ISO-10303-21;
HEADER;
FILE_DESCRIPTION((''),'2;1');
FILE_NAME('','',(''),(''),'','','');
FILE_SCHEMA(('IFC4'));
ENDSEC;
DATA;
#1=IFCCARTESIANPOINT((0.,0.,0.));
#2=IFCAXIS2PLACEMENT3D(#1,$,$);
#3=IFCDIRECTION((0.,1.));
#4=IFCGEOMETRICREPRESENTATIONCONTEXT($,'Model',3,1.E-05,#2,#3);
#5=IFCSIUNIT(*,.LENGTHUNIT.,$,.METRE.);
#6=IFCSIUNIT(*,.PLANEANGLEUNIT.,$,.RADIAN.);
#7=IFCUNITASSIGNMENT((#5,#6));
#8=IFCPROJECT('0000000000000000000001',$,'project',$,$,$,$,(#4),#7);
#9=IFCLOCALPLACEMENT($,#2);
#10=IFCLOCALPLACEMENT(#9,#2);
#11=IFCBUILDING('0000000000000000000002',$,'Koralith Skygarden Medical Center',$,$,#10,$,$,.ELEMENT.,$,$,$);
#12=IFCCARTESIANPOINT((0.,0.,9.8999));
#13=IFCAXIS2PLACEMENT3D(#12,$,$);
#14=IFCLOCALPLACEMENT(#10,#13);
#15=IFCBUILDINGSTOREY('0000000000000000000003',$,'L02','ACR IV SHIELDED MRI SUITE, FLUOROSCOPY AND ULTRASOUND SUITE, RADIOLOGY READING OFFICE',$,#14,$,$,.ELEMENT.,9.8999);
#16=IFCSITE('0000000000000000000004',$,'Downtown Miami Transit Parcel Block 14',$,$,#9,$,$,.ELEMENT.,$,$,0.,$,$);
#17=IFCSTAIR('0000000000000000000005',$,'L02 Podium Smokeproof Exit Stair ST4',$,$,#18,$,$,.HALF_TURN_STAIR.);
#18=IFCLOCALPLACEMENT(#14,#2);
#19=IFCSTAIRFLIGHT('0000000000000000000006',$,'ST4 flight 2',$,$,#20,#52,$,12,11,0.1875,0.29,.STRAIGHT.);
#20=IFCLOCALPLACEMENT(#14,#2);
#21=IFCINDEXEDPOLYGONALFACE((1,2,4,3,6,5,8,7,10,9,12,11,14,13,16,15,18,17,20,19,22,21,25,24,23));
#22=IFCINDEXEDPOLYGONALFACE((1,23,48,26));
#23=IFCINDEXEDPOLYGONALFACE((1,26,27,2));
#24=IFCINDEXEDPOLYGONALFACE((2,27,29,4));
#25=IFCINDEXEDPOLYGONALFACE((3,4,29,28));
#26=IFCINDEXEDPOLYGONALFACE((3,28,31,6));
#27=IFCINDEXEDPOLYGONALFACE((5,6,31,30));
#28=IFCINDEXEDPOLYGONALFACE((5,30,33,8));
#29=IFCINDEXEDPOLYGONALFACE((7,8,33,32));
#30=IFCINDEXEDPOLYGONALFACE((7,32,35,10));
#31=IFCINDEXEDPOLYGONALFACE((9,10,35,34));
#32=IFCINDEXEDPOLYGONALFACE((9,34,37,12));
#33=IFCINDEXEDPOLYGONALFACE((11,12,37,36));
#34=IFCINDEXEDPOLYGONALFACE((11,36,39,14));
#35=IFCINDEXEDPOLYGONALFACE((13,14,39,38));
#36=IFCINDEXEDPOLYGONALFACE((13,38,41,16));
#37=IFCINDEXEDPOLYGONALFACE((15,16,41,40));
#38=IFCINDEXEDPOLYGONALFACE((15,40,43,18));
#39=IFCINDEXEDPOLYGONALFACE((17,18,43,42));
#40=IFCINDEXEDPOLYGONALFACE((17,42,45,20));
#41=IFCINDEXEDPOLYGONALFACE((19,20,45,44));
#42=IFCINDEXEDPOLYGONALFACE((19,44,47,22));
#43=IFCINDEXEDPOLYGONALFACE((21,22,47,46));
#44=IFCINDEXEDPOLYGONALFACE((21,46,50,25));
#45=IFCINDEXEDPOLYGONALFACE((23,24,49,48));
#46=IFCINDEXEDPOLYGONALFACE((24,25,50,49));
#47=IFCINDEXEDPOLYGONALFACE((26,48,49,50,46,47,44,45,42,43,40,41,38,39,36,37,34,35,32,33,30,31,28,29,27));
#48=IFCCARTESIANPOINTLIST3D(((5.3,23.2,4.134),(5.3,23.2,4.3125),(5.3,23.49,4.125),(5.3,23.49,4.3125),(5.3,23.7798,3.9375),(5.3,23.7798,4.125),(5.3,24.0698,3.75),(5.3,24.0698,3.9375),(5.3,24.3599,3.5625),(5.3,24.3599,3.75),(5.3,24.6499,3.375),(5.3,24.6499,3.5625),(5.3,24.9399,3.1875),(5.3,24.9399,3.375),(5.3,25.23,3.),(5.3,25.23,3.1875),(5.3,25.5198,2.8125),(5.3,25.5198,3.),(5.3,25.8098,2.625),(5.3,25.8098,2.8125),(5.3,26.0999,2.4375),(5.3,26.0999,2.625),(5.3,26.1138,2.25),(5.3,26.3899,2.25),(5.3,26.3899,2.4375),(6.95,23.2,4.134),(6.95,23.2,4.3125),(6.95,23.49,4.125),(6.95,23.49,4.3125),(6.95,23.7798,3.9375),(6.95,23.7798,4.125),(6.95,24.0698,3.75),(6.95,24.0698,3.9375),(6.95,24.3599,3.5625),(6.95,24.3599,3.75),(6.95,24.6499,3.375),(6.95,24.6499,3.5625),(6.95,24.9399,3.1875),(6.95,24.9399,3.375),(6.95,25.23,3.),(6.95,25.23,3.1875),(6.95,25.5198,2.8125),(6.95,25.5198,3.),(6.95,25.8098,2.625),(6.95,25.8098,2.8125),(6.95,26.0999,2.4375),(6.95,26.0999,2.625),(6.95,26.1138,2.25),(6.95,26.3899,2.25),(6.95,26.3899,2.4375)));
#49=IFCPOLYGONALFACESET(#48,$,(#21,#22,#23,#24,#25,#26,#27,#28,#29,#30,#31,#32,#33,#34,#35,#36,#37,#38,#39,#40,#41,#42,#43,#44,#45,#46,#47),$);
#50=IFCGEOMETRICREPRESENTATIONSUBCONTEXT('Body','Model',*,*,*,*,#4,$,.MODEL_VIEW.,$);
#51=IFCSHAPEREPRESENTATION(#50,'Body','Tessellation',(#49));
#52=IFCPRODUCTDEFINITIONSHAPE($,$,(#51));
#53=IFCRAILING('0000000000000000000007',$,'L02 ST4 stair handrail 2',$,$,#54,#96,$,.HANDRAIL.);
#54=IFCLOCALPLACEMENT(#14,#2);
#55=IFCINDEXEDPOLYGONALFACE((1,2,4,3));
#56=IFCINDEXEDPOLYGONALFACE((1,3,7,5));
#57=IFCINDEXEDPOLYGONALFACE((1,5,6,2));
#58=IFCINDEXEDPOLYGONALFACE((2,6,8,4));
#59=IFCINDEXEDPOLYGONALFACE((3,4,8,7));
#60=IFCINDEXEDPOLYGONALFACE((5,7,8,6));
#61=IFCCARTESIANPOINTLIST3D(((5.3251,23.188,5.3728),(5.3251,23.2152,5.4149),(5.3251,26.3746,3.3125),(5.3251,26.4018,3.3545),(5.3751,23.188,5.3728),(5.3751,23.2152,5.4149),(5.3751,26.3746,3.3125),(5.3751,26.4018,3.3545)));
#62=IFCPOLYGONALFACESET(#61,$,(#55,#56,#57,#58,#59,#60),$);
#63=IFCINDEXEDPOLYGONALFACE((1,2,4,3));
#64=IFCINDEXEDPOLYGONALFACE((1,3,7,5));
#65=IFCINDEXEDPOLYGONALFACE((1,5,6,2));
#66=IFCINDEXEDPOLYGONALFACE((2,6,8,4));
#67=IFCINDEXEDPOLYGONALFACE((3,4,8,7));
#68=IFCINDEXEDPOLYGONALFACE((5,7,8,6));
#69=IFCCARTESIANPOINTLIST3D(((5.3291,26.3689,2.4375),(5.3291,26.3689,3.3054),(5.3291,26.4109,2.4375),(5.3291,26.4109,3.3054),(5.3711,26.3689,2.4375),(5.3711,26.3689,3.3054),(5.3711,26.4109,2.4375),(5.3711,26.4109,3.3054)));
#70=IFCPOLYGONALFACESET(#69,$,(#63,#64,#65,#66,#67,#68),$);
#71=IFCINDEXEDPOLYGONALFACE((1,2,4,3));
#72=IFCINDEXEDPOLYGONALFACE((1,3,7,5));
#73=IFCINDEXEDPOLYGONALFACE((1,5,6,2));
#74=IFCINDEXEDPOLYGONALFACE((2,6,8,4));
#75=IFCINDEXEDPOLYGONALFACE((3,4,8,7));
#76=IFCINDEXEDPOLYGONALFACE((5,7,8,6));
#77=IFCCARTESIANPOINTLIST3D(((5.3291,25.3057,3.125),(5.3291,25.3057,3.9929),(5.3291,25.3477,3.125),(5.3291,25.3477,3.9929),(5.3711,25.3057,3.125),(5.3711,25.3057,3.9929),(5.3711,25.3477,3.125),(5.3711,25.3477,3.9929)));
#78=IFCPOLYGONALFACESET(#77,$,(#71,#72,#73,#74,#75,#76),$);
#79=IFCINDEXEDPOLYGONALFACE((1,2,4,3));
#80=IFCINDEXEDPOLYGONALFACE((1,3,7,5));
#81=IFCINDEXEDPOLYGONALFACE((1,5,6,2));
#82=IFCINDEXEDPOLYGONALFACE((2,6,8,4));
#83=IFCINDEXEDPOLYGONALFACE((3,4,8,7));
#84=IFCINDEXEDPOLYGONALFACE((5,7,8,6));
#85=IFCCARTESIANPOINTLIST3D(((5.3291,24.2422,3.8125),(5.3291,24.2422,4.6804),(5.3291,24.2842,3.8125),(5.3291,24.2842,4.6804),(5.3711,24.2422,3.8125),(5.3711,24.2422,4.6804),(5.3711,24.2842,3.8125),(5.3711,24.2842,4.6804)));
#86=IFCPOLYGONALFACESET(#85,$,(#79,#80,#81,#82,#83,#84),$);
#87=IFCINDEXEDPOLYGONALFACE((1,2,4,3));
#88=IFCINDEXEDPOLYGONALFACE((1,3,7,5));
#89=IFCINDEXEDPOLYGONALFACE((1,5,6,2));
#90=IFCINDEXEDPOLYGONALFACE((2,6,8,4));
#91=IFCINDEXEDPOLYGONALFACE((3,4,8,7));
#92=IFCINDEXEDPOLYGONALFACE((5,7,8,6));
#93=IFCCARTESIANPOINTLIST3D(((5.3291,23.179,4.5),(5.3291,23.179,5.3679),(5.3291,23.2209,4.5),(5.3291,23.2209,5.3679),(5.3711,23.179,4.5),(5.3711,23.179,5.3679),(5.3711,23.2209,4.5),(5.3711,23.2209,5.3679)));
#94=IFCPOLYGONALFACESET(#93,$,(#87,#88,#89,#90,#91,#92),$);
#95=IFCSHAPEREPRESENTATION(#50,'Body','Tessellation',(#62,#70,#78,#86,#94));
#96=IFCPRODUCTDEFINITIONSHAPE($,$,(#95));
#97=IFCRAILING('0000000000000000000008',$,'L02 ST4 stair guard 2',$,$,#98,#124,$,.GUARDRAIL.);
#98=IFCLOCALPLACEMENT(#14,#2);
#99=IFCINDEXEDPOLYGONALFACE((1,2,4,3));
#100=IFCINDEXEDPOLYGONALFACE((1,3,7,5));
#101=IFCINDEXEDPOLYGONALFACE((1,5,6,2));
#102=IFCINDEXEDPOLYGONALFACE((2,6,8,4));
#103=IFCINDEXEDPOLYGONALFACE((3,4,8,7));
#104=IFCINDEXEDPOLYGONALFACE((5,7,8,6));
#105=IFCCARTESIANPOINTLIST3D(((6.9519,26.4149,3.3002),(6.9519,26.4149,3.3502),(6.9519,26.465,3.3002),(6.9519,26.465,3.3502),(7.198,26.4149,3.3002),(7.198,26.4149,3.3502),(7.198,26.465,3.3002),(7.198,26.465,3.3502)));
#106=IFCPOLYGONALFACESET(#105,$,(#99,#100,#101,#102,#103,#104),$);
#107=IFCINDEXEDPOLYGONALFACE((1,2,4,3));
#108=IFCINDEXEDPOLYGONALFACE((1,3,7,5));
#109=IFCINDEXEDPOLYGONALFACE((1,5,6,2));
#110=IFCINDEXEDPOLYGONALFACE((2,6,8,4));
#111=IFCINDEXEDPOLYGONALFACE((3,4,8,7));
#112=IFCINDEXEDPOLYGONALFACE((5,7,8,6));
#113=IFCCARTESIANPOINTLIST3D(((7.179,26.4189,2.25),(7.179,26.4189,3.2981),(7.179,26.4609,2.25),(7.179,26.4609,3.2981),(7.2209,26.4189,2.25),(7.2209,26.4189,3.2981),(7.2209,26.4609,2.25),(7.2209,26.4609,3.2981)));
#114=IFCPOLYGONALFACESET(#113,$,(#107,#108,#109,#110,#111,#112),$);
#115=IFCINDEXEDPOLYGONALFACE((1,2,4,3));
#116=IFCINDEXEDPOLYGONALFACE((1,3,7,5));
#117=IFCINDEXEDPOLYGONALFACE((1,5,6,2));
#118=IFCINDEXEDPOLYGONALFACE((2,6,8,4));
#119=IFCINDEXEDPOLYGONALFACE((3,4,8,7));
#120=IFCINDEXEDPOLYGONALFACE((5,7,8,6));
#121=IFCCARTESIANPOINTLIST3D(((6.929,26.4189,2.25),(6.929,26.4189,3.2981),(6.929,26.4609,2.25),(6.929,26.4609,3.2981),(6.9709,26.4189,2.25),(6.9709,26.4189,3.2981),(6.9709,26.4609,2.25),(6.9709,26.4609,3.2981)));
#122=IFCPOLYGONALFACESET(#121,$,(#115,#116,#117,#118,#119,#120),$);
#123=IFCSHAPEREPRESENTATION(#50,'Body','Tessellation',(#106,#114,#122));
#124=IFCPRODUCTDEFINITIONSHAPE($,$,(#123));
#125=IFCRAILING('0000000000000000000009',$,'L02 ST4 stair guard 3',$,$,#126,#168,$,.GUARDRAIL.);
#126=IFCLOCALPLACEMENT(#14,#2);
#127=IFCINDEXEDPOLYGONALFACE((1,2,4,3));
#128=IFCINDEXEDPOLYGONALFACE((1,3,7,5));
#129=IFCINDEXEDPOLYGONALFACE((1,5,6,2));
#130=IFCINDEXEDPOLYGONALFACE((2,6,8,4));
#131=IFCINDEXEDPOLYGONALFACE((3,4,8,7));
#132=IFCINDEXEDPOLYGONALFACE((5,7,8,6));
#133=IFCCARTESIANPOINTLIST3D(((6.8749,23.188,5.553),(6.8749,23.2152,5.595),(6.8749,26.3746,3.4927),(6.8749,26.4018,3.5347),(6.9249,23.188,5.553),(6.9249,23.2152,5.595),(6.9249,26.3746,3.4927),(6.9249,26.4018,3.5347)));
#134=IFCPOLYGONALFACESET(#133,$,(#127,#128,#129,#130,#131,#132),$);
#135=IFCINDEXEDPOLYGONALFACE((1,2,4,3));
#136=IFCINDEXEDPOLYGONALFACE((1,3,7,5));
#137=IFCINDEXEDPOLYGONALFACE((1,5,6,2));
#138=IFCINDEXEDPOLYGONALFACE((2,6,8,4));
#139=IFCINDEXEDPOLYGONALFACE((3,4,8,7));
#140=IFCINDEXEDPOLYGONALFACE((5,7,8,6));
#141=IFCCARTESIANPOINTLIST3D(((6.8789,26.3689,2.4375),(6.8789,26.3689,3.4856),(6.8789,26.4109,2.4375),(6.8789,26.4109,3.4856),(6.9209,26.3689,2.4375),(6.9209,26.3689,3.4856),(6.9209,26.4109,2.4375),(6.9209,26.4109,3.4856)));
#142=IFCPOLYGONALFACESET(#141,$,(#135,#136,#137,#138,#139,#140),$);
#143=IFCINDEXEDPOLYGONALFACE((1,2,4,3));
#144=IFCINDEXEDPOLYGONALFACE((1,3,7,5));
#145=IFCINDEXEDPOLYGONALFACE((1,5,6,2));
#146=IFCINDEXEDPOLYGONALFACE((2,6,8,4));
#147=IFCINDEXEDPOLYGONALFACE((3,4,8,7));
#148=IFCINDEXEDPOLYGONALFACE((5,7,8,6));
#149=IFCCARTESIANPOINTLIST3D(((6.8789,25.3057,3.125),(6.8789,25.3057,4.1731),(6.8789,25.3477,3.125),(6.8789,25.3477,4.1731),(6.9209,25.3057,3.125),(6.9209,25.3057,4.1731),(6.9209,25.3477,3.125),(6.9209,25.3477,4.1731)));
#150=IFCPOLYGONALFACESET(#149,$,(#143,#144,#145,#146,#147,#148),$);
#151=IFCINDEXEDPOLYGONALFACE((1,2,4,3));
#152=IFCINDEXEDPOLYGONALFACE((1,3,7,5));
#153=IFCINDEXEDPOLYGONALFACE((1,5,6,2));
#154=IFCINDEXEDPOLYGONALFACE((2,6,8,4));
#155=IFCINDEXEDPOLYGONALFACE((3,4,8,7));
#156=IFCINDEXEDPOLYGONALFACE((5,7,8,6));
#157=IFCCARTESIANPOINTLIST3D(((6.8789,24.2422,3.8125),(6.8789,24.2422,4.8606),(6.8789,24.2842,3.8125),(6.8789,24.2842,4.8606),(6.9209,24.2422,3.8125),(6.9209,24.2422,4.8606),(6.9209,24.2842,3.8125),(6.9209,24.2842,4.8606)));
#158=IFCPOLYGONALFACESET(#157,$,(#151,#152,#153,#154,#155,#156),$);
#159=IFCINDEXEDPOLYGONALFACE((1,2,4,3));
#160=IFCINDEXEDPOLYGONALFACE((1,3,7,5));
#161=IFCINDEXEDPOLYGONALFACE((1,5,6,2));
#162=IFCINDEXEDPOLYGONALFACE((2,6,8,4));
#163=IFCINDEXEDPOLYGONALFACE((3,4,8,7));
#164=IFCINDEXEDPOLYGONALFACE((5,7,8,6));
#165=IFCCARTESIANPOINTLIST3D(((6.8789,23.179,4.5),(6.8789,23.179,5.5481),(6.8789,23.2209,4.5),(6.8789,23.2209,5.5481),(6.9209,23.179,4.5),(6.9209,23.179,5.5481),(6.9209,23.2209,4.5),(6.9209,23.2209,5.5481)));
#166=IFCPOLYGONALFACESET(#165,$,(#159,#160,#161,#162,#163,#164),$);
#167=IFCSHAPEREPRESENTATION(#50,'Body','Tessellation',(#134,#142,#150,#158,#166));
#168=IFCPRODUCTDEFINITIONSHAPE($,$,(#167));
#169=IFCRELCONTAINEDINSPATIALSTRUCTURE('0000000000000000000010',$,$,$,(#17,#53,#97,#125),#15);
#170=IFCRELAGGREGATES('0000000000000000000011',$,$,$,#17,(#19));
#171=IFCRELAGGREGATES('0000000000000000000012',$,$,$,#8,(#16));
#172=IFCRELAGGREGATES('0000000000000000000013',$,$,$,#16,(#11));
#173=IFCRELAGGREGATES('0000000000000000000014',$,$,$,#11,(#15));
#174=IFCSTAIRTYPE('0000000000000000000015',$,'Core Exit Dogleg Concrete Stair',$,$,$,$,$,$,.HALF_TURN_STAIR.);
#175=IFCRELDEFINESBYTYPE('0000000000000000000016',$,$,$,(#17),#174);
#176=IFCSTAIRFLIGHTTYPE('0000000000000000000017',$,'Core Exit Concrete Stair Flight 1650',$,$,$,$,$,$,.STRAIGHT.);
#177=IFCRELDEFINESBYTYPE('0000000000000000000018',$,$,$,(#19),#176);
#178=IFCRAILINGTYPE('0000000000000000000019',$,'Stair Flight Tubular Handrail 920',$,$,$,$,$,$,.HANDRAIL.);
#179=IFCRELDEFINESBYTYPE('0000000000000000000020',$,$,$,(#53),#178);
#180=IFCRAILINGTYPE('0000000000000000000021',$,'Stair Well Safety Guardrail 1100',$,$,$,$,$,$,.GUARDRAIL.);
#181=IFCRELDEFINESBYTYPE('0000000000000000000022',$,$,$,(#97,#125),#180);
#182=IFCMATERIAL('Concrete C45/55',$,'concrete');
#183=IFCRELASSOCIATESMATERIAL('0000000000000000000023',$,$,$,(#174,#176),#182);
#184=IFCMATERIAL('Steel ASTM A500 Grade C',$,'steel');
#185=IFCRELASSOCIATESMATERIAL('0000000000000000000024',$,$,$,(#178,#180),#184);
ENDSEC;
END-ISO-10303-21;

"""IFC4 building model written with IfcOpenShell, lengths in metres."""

from ifc_helpers import new_model, si_unit, direction, frame, origin, origin_2d, place, context, subcontext, project, spatial, polyline, rectangle, outline, extrude, material, type_object, element, aggregate, save


model = new_model("IFC4")

# Units and contexts
model_context = context("Model", 3, precision=1e-05, world=origin(), true_north=direction((0.0, 1.0)))
body_context = subcontext(model_context, "Body", "Model", "MODEL_VIEW")
ifc_project = project(units=[si_unit("LENGTHUNIT", "METRE"), si_unit("PLANEANGLEUNIT", "RADIAN")], contexts=[model_context])

# Site, building, storey
site_placement = place(None, origin())
site = spatial("IfcSite", under=ifc_project, at=site_placement, Name="Downtown Miami Transit Parcel Block 14", CompositionType="ELEMENT", RefElevation=0.0)
building_placement = place(site_placement, origin())
building = spatial("IfcBuilding", under=site, at=building_placement, Name="Koralith Skygarden Medical Center", CompositionType="ELEMENT")
storey_placement = place(building_placement, frame((0.0, 0.0, 9.8999)))
storey = spatial("IfcBuildingStorey", under=building, at=storey_placement, Name="L02", Description="ACR IV SHIELDED MRI SUITE, FLUOROSCOPY AND ULTRASOUND SUITE, RADIOLOGY READING OFFICE", CompositionType="ELEMENT", Elevation=9.8999)

# Shared definitions
ifc_material_1 = material(Name="Concrete C45/55", Category="concrete")

# Stair, stair flight
stair_type = type_object("IfcStairType", Name="Core Exit Dogleg Concrete Stair", PredefinedType="HALF_TURN_STAIR", material=ifc_material_1)
stair_placement = place(storey_placement, origin())
stair = element("IfcStair", 1, at=stair_placement, inside=storey, type_object=stair_type, Name="L02 Podium Smokeproof Exit Stair ST4", PredefinedType="HALF_TURN_STAIR")
stair_flight_type = type_object("IfcStairFlightType", Name="Core Exit Concrete Stair Flight 1650", PredefinedType="STRAIGHT", material=ifc_material_1)
stair_flight_placement = place(storey_placement, frame((6.125, 26.3899, 2.25), z_axis=(0.0, 0.0, 1.0), x_axis=(0.0, -1.0, 0.0)))
stair_flight = element("IfcStairFlight", 2, at=stair_flight_placement, type_object=stair_flight_type, Name="ST4 flight 2", NumberOfRisers=12, NumberOfTreads=11, PredefinedType="STRAIGHT", RiserHeight=0.1875, TreadLength=0.29, context=body_context, shape_type="SweptSolid", body=[
    extrude(outline(polyline([(0.0, 0.0), (0.0, 0.1875), (0.29, 0.1875), (0.29, 0.375), (0.5801, 0.375), (0.5801, 0.5625), (0.8701, 0.5625), (0.8701, 0.75), (1.1599, 0.75), (1.1599, 0.9375), (1.45, 0.9375), (1.45, 1.125), (1.74, 1.125), (1.74, 1.3125), (2.03, 1.3125), (2.03, 1.5), (2.3201, 1.5), (2.3201, 1.6875), (2.6101, 1.6875), (2.6101, 1.875), (2.8999, 1.875), (2.8999, 2.0625), (3.1899, 2.0625), (3.1899, 2.25), (3.1899, 1.884), (0.2761, 0.0), (0.0, 0.0)])), frame((0.0, 0.825, 0.0), z_axis=(0.0, -1.0, 0.0), x_axis=(1.0, 0.0, 0.0)), (0.0, 0.0, 1.0), 1.6499),
])
aggregate(stair, [stair_flight])

# Railings
ifc_material_2 = material(Name="Steel ASTM A500 Grade C", Category="steel")
railing_type_1 = type_object("IfcRailingType", Name="Stair Flight Tubular Handrail 920", PredefinedType="HANDRAIL", material=ifc_material_2)
railing_1_placement = place(storey_placement, frame((5.3501, 26.3899, 2.4375)))
element("IfcRailing", 3, at=railing_1_placement, inside=storey, type_object=railing_type_1, Name="L02 ST4 stair handrail 2", PredefinedType="HANDRAIL", context=body_context, shape_type="SweptSolid", body=[
    extrude(rectangle(XDim=0.05, YDim=0.05, at=origin_2d()), frame((0.0, -0.0017, 0.896), z_axis=(0.0, -0.83976, 0.542958), x_axis=(1.0, 0.0, 0.0)), (0.0, 0.0, 1.0), 3.7947),
    extrude(rectangle(XDim=0.042, YDim=0.042, at=origin_2d()), origin(), (0.0, 0.0, 1.0), 0.8679),
    extrude(rectangle(XDim=0.042, YDim=0.042, at=origin_2d()), frame((0.0, -1.0632, 0.6875)), (0.0, 0.0, 1.0), 0.8679),
    extrude(rectangle(XDim=0.042, YDim=0.042, at=origin_2d()), frame((0.0, -2.1267, 1.375)), (0.0, 0.0, 1.0), 0.8679),
    extrude(rectangle(XDim=0.042, YDim=0.042, at=origin_2d()), frame((0.0, -3.1899, 2.0625)), (0.0, 0.0, 1.0), 0.8679),
])
railing_type_2 = type_object("IfcRailingType", Name="Stair Well Safety Guardrail 1100", PredefinedType="GUARDRAIL", material=ifc_material_2)
railing_2_placement = place(storey_placement, frame((7.2, 26.4399, 2.25)))
element("IfcRailing", 4, at=railing_2_placement, inside=storey, type_object=railing_type_2, Name="L02 ST4 stair guard 2", PredefinedType="GUARDRAIL", context=body_context, shape_type="SweptSolid", body=[
    extrude(rectangle(XDim=0.05, YDim=0.05, at=origin_2d()), frame((-0.002, 0.0, 1.0752), z_axis=(-1.0, 0.0, 0.0), x_axis=(0.0, -1.0, 0.0)), (0.0, 0.0, 1.0), 0.2461),
    extrude(rectangle(XDim=0.042, YDim=0.042, at=origin_2d()), origin(), (0.0, 0.0, 1.0), 1.0481),
    extrude(rectangle(XDim=0.042, YDim=0.042, at=origin_2d()), frame((-0.25, 0.0, 0.0)), (0.0, 0.0, 1.0), 1.0481),
])
railing_3_placement = place(storey_placement, frame((6.8999, 26.3899, 2.4375)))
element("IfcRailing", 5, at=railing_3_placement, inside=storey, type_object=railing_type_2, Name="L02 ST4 stair guard 3", PredefinedType="GUARDRAIL", context=body_context, shape_type="SweptSolid", body=[
    extrude(rectangle(XDim=0.05, YDim=0.05, at=origin_2d()), frame((0.0, -0.0017, 1.0762), z_axis=(0.0, -0.83976, 0.542958), x_axis=(1.0, 0.0, 0.0)), (0.0, 0.0, 1.0), 3.7947),
    extrude(rectangle(XDim=0.042, YDim=0.042, at=origin_2d()), origin(), (0.0, 0.0, 1.0), 1.0481),
    extrude(rectangle(XDim=0.042, YDim=0.042, at=origin_2d()), frame((0.0, -1.0632, 0.6875)), (0.0, 0.0, 1.0), 1.0481),
    extrude(rectangle(XDim=0.042, YDim=0.042, at=origin_2d()), frame((0.0, -2.1267, 1.375)), (0.0, 0.0, 1.0), 1.0481),
    extrude(rectangle(XDim=0.042, YDim=0.042, at=origin_2d()), frame((0.0, -3.1899, 2.0625)), (0.0, 0.0, 1.0), 1.0481),
])

save(model, "model.ifc")
